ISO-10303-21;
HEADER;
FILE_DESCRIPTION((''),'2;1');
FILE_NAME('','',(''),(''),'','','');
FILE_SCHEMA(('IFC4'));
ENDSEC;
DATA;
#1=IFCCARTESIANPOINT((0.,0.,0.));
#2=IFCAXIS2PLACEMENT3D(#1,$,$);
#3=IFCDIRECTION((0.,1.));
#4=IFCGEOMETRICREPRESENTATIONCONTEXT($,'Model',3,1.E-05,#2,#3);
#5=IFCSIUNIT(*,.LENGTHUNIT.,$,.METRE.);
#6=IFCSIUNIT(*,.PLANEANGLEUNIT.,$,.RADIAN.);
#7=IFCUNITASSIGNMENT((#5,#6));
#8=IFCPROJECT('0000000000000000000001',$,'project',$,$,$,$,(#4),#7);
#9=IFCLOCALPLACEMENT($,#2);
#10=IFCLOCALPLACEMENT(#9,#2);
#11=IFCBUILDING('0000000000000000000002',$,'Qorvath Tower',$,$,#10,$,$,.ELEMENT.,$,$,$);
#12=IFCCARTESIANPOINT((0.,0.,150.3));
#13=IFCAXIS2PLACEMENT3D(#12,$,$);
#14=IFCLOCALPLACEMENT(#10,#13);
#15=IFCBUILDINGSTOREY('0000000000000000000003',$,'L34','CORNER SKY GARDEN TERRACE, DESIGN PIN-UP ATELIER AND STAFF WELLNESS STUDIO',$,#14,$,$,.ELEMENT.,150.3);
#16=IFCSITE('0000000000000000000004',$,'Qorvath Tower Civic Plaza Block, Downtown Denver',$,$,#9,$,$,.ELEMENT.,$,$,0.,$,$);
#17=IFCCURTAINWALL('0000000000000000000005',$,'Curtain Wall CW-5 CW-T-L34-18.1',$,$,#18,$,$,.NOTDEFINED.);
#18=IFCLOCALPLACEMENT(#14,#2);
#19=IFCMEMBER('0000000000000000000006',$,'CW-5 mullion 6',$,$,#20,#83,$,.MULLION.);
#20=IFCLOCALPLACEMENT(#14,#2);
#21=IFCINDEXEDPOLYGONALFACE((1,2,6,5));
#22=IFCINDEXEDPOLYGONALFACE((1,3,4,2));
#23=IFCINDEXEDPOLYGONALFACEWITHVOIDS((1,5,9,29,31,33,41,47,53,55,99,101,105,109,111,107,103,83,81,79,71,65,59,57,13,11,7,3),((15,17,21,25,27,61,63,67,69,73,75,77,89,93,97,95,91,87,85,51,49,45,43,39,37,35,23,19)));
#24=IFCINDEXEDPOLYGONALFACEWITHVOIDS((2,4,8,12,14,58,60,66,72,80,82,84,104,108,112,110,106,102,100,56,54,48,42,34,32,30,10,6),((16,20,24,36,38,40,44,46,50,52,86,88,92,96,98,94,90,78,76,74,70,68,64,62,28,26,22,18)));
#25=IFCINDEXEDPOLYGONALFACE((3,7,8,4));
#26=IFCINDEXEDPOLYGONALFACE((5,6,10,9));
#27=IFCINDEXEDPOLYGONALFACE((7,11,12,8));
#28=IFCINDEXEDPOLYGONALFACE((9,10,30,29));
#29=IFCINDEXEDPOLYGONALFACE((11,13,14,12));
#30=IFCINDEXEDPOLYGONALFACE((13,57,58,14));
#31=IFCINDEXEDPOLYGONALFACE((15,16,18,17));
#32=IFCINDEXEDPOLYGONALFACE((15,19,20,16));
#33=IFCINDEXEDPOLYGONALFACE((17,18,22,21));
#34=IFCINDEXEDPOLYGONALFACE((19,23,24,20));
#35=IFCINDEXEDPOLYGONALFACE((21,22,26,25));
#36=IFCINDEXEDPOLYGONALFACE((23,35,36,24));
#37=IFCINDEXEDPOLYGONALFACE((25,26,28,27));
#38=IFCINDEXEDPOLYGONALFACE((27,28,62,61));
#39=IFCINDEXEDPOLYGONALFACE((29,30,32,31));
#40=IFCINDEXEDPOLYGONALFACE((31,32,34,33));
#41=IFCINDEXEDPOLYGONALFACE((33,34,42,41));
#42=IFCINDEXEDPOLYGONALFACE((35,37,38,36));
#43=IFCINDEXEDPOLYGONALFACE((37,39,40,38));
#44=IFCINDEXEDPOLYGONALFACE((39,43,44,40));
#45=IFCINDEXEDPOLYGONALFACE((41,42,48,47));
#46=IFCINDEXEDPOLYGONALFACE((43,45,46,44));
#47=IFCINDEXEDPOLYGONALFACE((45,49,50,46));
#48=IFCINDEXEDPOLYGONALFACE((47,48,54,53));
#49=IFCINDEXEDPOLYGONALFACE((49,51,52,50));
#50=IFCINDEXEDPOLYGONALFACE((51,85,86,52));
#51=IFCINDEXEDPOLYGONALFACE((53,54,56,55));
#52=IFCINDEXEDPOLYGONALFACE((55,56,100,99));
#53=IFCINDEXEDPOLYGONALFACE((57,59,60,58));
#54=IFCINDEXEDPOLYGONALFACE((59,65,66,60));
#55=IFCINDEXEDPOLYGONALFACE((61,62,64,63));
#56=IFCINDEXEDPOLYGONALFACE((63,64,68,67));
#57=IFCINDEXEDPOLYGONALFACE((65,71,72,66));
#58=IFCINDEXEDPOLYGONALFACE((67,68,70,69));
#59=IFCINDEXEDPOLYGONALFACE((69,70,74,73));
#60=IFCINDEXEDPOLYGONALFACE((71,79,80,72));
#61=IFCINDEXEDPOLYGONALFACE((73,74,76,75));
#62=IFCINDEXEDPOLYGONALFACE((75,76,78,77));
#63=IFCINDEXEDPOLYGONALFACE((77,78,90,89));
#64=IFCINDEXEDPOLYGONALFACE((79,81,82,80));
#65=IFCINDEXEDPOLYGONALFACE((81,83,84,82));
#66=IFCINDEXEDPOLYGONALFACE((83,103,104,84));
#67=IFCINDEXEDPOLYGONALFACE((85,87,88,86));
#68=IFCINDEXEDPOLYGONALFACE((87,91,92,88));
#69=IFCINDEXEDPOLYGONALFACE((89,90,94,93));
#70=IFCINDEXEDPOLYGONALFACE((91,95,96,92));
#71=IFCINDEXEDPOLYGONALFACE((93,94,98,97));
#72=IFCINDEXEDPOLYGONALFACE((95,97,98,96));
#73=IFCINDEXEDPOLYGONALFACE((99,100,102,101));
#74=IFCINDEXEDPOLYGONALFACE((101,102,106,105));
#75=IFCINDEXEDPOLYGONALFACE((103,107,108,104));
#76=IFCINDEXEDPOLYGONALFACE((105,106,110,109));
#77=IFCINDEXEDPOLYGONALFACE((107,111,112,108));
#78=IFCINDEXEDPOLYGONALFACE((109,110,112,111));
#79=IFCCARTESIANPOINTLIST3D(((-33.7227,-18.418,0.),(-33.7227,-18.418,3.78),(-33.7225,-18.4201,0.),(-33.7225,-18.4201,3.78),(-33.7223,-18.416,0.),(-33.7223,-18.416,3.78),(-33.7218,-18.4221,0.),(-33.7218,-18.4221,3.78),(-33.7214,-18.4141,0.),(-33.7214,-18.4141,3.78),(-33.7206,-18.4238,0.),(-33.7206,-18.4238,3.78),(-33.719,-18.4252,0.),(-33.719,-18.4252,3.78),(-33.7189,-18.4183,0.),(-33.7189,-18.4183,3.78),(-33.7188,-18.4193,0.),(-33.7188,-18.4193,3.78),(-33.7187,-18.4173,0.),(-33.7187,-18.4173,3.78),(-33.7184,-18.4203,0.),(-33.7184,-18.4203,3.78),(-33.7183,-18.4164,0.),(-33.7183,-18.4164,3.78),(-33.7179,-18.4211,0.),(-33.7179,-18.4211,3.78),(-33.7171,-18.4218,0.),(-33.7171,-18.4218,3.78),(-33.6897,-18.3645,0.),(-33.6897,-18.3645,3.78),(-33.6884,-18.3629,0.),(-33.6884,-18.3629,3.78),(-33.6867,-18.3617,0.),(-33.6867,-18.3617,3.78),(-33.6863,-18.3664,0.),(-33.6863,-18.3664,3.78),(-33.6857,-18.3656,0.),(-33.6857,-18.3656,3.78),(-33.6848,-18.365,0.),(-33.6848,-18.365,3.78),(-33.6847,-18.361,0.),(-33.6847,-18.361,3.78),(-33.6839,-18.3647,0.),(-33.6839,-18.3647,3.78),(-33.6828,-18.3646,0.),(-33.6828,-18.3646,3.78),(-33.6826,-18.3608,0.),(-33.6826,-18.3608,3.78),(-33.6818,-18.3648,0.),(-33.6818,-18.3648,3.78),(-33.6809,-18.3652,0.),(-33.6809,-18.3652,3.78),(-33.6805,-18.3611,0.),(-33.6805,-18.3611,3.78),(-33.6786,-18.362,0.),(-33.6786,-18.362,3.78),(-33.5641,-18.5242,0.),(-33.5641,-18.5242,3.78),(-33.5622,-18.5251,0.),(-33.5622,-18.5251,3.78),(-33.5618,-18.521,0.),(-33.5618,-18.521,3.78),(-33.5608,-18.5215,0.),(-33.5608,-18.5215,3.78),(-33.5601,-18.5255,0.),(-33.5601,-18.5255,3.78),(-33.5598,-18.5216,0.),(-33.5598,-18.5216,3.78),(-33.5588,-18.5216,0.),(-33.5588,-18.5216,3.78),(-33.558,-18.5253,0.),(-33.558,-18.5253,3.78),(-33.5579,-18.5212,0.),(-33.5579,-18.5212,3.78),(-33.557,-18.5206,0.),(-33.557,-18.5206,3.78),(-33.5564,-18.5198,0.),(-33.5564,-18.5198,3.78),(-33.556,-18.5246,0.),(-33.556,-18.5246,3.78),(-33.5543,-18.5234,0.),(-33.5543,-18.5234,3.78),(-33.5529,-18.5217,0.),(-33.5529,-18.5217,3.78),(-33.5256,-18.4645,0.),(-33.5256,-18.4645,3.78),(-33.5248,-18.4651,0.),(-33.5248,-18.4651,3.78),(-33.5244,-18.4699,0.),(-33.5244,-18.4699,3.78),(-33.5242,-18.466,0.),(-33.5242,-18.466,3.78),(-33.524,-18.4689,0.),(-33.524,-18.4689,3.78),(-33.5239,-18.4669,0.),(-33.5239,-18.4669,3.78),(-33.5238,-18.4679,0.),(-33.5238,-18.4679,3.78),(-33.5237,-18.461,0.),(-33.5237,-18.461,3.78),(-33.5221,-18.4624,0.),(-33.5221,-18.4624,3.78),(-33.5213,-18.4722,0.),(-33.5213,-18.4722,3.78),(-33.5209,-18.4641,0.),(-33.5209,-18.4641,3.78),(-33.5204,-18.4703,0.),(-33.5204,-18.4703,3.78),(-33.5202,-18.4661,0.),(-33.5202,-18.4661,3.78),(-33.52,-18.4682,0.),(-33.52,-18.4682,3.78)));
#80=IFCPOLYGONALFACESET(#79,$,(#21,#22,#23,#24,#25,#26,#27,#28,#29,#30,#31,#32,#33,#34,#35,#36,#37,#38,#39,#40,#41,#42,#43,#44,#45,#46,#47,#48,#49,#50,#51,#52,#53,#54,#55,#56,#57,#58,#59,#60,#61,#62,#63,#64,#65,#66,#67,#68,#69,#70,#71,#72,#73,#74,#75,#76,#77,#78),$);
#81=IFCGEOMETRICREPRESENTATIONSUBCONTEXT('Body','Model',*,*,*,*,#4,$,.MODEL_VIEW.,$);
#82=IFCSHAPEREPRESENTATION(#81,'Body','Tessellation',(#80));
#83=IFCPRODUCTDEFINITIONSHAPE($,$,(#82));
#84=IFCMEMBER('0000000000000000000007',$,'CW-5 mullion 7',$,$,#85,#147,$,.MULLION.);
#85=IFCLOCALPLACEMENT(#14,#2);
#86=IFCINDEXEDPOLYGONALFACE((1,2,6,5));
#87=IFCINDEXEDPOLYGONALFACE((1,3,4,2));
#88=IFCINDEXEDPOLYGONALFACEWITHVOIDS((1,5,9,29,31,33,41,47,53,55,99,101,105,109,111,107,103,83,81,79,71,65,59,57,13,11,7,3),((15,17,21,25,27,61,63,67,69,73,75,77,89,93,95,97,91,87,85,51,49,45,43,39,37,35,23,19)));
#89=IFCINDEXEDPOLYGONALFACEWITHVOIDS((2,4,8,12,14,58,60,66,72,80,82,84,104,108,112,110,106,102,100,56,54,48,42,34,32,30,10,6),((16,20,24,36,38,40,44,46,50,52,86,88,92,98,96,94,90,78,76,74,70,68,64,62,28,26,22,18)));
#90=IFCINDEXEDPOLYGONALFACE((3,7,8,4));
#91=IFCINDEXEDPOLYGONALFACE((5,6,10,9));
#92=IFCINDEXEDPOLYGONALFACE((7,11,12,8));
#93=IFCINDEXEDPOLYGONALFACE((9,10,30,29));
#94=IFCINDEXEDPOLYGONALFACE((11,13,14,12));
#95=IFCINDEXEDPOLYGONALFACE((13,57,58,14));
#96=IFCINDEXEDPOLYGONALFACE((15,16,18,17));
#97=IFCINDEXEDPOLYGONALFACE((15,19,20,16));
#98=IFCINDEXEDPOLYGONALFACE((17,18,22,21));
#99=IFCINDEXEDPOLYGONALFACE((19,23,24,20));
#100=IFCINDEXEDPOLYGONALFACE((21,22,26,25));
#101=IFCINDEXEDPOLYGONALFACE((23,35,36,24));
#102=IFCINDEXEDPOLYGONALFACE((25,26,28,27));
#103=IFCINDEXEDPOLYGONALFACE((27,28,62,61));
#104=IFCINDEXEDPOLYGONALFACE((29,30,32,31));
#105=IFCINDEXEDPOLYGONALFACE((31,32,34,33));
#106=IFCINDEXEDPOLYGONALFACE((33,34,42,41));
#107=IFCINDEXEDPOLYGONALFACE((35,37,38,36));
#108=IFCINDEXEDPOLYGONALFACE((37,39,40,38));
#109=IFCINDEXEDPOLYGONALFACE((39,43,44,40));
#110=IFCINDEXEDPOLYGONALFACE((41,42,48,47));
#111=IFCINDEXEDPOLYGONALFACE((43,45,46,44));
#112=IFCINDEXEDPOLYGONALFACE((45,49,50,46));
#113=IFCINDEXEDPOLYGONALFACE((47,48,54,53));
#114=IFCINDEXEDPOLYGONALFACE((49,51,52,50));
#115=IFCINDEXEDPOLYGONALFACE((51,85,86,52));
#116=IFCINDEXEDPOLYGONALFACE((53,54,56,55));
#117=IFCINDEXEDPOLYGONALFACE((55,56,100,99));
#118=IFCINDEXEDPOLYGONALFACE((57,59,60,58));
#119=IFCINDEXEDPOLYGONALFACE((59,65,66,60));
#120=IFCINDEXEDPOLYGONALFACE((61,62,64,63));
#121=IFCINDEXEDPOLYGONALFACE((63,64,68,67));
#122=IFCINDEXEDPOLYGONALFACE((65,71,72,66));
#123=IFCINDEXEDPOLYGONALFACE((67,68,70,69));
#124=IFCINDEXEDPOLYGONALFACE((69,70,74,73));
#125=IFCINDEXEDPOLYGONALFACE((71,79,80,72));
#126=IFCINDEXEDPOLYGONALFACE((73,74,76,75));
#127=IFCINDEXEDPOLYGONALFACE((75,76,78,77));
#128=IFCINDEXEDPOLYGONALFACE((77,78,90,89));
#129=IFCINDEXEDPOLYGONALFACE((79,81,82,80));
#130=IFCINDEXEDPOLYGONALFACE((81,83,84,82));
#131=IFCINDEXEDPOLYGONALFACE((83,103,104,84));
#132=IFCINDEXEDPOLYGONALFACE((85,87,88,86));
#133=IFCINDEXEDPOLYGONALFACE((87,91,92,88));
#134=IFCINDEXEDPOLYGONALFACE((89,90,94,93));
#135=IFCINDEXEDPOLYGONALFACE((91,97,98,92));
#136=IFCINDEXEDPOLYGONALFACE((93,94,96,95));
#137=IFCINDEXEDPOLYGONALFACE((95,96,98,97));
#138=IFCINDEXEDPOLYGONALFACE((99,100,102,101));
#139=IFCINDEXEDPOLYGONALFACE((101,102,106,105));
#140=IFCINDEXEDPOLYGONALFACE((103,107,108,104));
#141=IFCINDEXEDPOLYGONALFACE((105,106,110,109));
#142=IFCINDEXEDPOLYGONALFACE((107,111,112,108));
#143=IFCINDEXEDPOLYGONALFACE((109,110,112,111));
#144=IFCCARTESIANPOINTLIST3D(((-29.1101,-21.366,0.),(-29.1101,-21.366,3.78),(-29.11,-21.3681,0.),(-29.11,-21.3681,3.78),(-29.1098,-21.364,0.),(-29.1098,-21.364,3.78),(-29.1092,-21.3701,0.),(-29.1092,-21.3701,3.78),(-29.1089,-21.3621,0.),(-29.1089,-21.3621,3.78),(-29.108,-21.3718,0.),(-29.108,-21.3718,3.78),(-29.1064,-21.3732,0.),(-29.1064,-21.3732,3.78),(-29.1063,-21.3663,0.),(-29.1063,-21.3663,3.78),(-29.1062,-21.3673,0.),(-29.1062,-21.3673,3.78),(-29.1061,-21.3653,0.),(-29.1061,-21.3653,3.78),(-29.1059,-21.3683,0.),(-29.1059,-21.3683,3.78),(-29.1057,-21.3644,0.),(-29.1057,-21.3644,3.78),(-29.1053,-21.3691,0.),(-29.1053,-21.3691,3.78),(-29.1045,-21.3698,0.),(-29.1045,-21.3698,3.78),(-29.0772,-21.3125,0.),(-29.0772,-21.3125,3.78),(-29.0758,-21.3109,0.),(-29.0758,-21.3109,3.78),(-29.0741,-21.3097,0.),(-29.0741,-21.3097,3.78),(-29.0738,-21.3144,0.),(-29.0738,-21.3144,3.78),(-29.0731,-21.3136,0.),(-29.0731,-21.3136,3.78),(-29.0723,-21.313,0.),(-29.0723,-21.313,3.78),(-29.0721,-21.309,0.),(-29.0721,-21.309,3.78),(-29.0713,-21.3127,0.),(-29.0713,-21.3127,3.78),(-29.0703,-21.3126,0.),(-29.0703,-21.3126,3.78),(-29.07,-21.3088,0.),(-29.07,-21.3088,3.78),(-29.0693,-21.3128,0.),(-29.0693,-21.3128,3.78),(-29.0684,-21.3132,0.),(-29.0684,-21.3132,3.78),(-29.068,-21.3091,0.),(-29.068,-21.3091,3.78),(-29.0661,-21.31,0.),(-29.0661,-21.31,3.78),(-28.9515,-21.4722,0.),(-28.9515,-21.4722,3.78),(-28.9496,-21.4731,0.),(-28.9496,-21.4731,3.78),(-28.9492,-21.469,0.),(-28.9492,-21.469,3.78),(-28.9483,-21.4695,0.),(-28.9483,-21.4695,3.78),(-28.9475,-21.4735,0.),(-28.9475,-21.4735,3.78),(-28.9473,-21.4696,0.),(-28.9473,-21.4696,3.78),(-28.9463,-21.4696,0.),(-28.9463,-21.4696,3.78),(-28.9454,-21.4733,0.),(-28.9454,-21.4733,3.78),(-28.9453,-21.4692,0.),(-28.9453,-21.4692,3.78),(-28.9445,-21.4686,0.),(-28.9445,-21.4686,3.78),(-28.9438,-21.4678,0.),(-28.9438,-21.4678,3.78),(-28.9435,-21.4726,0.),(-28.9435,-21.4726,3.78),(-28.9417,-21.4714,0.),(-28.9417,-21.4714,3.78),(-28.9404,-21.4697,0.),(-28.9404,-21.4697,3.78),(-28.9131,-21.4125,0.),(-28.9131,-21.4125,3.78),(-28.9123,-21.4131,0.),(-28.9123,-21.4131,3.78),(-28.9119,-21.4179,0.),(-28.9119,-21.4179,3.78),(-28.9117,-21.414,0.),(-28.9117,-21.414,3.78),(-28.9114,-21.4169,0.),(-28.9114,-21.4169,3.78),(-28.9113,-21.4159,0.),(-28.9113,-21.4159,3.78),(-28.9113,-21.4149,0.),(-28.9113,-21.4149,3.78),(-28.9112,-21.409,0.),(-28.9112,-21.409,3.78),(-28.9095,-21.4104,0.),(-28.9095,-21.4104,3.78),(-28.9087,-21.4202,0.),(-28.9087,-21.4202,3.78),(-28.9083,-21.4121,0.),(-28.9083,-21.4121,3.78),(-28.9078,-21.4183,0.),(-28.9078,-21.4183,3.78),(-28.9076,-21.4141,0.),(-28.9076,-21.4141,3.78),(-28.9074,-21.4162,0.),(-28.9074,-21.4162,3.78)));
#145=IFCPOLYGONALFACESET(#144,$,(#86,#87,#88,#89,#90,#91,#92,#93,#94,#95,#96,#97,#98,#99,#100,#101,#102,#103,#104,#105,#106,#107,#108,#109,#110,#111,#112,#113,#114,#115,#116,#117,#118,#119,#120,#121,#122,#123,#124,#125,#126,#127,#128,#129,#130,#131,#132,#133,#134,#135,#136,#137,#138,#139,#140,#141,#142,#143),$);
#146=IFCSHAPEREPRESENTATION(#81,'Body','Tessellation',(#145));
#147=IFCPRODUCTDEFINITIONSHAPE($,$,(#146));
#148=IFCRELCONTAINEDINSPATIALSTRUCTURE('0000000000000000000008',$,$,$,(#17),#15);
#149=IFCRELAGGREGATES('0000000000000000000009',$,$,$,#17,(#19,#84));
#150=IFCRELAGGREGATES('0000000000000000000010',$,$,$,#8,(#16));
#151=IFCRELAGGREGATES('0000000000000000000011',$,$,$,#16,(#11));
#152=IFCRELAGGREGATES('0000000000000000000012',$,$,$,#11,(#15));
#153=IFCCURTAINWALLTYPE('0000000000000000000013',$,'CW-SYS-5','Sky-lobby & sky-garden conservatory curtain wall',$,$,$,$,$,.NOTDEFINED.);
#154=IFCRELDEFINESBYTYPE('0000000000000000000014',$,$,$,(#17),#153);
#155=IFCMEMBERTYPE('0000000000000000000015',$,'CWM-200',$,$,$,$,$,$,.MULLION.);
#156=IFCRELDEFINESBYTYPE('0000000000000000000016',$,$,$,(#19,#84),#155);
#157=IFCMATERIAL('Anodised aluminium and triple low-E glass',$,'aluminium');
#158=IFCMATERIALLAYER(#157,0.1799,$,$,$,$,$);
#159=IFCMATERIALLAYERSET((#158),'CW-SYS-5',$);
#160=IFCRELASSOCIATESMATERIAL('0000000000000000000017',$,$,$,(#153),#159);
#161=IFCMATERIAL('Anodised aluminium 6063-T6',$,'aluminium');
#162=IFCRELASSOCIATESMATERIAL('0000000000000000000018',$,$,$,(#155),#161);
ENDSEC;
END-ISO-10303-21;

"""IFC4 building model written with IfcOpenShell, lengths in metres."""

from ifc_helpers import new_model, si_unit, direction, frame, origin, origin_2d, place, context, subcontext, project, spatial, hollow_rectangle, extrude, material, layer, layer_set, material_profile, profile_set, type_object, element, aggregate, save


model = new_model("IFC4")

# Units and contexts
model_context = context("Model", 3, precision=1e-05, world=origin(), true_north=direction((0.0, 1.0)))
body_context = subcontext(model_context, "Body", "Model", "MODEL_VIEW")
ifc_project = project(units=[si_unit("LENGTHUNIT", "METRE"), si_unit("PLANEANGLEUNIT", "RADIAN")], contexts=[model_context])

# Site, building, storey
site_placement = place(None, origin())
site = spatial("IfcSite", under=ifc_project, at=site_placement, Name="Qorvath Tower Civic Plaza Block, Downtown Denver", CompositionType="ELEMENT", RefElevation=0.0)
building_placement = place(site_placement, origin())
building = spatial("IfcBuilding", under=site, at=building_placement, Name="Qorvath Tower", CompositionType="ELEMENT")
storey_placement = place(building_placement, frame((0.0, 0.0, 150.3)))
storey = spatial("IfcBuildingStorey", under=building, at=storey_placement, Name="L34", Description="CORNER SKY GARDEN TERRACE, DESIGN PIN-UP ATELIER AND STAFF WELLNESS STUDIO", CompositionType="ELEMENT", Elevation=150.3)

# Curtain wall, members
ifc_material_1 = material(Name="Anodised aluminium and triple low-E glass", Category="aluminium")
ifc_layer_1 = layer(ifc_material_1, 0.1799)
ifc_layer_set_1 = layer_set([ifc_layer_1], Name="CW-SYS-5")
curtain_wall_type = type_object("IfcCurtainWallType", Name="CW-SYS-5", Description="Sky-lobby & sky-garden conservatory curtain wall", PredefinedType="NOTDEFINED", material=ifc_layer_set_1)
curtain_wall_placement = place(storey_placement, origin())
curtain_wall = element("IfcCurtainWall", 1, at=curtain_wall_placement, inside=storey, type_object=curtain_wall_type, Name="Curtain Wall CW-5 CW-T-L34-18.1", PredefinedType="NOTDEFINED")
ifc_material_2 = material(Name="Anodised aluminium 6063-T6", Category="aluminium")
ifc_material_profile_1 = material_profile(ifc_material_2, hollow_rectangle(XDim=0.075, YDim=0.2, WallThickness=0.0039, InnerFilletRadius=0.0039, OuterFilletRadius=0.0081, at=origin_2d()), Name="CWM 200x75")
ifc_profile_set_1 = profile_set([ifc_material_profile_1], Name="Anodised aluminium 6063-T6")
member_type_1 = type_object("IfcMemberType", Name="CWM-200", PredefinedType="MULLION", material=ifc_profile_set_1)
member_1_placement = place(storey_placement, frame((-33.6213, -18.4431, 0.0), z_axis=(0.0, 0.0, 1.0), x_axis=(0.538536, 0.842602, 0.0)))
member_1 = element("IfcMember", 2, at=member_1_placement, type_object=member_type_1, Name="CW-5 mullion 6", PredefinedType="MULLION", context=body_context, shape_type="SweptSolid", body=[
    extrude(hollow_rectangle(XDim=0.075, YDim=0.2, WallThickness=0.0039, InnerFilletRadius=0.0039, OuterFilletRadius=0.0081, at=origin_2d()), origin(), (0.0, 0.0, 1.0), 3.78),
])
member_2_placement = place(storey_placement, frame((-29.0088, -21.3911, 0.0), z_axis=(0.0, 0.0, 1.0), x_axis=(0.538536, 0.842602, 0.0)))
member_2 = element("IfcMember", 3, at=member_2_placement, type_object=member_type_1, Name="CW-5 mullion 7", PredefinedType="MULLION", context=body_context, shape_type="SweptSolid", body=[
    extrude(hollow_rectangle(XDim=0.075, YDim=0.2, WallThickness=0.0039, InnerFilletRadius=0.0039, OuterFilletRadius=0.0081, at=origin_2d()), origin(), (0.0, 0.0, 1.0), 3.78),
])
aggregate(curtain_wall, [member_1, member_2])

save(model, "model.ifc")
